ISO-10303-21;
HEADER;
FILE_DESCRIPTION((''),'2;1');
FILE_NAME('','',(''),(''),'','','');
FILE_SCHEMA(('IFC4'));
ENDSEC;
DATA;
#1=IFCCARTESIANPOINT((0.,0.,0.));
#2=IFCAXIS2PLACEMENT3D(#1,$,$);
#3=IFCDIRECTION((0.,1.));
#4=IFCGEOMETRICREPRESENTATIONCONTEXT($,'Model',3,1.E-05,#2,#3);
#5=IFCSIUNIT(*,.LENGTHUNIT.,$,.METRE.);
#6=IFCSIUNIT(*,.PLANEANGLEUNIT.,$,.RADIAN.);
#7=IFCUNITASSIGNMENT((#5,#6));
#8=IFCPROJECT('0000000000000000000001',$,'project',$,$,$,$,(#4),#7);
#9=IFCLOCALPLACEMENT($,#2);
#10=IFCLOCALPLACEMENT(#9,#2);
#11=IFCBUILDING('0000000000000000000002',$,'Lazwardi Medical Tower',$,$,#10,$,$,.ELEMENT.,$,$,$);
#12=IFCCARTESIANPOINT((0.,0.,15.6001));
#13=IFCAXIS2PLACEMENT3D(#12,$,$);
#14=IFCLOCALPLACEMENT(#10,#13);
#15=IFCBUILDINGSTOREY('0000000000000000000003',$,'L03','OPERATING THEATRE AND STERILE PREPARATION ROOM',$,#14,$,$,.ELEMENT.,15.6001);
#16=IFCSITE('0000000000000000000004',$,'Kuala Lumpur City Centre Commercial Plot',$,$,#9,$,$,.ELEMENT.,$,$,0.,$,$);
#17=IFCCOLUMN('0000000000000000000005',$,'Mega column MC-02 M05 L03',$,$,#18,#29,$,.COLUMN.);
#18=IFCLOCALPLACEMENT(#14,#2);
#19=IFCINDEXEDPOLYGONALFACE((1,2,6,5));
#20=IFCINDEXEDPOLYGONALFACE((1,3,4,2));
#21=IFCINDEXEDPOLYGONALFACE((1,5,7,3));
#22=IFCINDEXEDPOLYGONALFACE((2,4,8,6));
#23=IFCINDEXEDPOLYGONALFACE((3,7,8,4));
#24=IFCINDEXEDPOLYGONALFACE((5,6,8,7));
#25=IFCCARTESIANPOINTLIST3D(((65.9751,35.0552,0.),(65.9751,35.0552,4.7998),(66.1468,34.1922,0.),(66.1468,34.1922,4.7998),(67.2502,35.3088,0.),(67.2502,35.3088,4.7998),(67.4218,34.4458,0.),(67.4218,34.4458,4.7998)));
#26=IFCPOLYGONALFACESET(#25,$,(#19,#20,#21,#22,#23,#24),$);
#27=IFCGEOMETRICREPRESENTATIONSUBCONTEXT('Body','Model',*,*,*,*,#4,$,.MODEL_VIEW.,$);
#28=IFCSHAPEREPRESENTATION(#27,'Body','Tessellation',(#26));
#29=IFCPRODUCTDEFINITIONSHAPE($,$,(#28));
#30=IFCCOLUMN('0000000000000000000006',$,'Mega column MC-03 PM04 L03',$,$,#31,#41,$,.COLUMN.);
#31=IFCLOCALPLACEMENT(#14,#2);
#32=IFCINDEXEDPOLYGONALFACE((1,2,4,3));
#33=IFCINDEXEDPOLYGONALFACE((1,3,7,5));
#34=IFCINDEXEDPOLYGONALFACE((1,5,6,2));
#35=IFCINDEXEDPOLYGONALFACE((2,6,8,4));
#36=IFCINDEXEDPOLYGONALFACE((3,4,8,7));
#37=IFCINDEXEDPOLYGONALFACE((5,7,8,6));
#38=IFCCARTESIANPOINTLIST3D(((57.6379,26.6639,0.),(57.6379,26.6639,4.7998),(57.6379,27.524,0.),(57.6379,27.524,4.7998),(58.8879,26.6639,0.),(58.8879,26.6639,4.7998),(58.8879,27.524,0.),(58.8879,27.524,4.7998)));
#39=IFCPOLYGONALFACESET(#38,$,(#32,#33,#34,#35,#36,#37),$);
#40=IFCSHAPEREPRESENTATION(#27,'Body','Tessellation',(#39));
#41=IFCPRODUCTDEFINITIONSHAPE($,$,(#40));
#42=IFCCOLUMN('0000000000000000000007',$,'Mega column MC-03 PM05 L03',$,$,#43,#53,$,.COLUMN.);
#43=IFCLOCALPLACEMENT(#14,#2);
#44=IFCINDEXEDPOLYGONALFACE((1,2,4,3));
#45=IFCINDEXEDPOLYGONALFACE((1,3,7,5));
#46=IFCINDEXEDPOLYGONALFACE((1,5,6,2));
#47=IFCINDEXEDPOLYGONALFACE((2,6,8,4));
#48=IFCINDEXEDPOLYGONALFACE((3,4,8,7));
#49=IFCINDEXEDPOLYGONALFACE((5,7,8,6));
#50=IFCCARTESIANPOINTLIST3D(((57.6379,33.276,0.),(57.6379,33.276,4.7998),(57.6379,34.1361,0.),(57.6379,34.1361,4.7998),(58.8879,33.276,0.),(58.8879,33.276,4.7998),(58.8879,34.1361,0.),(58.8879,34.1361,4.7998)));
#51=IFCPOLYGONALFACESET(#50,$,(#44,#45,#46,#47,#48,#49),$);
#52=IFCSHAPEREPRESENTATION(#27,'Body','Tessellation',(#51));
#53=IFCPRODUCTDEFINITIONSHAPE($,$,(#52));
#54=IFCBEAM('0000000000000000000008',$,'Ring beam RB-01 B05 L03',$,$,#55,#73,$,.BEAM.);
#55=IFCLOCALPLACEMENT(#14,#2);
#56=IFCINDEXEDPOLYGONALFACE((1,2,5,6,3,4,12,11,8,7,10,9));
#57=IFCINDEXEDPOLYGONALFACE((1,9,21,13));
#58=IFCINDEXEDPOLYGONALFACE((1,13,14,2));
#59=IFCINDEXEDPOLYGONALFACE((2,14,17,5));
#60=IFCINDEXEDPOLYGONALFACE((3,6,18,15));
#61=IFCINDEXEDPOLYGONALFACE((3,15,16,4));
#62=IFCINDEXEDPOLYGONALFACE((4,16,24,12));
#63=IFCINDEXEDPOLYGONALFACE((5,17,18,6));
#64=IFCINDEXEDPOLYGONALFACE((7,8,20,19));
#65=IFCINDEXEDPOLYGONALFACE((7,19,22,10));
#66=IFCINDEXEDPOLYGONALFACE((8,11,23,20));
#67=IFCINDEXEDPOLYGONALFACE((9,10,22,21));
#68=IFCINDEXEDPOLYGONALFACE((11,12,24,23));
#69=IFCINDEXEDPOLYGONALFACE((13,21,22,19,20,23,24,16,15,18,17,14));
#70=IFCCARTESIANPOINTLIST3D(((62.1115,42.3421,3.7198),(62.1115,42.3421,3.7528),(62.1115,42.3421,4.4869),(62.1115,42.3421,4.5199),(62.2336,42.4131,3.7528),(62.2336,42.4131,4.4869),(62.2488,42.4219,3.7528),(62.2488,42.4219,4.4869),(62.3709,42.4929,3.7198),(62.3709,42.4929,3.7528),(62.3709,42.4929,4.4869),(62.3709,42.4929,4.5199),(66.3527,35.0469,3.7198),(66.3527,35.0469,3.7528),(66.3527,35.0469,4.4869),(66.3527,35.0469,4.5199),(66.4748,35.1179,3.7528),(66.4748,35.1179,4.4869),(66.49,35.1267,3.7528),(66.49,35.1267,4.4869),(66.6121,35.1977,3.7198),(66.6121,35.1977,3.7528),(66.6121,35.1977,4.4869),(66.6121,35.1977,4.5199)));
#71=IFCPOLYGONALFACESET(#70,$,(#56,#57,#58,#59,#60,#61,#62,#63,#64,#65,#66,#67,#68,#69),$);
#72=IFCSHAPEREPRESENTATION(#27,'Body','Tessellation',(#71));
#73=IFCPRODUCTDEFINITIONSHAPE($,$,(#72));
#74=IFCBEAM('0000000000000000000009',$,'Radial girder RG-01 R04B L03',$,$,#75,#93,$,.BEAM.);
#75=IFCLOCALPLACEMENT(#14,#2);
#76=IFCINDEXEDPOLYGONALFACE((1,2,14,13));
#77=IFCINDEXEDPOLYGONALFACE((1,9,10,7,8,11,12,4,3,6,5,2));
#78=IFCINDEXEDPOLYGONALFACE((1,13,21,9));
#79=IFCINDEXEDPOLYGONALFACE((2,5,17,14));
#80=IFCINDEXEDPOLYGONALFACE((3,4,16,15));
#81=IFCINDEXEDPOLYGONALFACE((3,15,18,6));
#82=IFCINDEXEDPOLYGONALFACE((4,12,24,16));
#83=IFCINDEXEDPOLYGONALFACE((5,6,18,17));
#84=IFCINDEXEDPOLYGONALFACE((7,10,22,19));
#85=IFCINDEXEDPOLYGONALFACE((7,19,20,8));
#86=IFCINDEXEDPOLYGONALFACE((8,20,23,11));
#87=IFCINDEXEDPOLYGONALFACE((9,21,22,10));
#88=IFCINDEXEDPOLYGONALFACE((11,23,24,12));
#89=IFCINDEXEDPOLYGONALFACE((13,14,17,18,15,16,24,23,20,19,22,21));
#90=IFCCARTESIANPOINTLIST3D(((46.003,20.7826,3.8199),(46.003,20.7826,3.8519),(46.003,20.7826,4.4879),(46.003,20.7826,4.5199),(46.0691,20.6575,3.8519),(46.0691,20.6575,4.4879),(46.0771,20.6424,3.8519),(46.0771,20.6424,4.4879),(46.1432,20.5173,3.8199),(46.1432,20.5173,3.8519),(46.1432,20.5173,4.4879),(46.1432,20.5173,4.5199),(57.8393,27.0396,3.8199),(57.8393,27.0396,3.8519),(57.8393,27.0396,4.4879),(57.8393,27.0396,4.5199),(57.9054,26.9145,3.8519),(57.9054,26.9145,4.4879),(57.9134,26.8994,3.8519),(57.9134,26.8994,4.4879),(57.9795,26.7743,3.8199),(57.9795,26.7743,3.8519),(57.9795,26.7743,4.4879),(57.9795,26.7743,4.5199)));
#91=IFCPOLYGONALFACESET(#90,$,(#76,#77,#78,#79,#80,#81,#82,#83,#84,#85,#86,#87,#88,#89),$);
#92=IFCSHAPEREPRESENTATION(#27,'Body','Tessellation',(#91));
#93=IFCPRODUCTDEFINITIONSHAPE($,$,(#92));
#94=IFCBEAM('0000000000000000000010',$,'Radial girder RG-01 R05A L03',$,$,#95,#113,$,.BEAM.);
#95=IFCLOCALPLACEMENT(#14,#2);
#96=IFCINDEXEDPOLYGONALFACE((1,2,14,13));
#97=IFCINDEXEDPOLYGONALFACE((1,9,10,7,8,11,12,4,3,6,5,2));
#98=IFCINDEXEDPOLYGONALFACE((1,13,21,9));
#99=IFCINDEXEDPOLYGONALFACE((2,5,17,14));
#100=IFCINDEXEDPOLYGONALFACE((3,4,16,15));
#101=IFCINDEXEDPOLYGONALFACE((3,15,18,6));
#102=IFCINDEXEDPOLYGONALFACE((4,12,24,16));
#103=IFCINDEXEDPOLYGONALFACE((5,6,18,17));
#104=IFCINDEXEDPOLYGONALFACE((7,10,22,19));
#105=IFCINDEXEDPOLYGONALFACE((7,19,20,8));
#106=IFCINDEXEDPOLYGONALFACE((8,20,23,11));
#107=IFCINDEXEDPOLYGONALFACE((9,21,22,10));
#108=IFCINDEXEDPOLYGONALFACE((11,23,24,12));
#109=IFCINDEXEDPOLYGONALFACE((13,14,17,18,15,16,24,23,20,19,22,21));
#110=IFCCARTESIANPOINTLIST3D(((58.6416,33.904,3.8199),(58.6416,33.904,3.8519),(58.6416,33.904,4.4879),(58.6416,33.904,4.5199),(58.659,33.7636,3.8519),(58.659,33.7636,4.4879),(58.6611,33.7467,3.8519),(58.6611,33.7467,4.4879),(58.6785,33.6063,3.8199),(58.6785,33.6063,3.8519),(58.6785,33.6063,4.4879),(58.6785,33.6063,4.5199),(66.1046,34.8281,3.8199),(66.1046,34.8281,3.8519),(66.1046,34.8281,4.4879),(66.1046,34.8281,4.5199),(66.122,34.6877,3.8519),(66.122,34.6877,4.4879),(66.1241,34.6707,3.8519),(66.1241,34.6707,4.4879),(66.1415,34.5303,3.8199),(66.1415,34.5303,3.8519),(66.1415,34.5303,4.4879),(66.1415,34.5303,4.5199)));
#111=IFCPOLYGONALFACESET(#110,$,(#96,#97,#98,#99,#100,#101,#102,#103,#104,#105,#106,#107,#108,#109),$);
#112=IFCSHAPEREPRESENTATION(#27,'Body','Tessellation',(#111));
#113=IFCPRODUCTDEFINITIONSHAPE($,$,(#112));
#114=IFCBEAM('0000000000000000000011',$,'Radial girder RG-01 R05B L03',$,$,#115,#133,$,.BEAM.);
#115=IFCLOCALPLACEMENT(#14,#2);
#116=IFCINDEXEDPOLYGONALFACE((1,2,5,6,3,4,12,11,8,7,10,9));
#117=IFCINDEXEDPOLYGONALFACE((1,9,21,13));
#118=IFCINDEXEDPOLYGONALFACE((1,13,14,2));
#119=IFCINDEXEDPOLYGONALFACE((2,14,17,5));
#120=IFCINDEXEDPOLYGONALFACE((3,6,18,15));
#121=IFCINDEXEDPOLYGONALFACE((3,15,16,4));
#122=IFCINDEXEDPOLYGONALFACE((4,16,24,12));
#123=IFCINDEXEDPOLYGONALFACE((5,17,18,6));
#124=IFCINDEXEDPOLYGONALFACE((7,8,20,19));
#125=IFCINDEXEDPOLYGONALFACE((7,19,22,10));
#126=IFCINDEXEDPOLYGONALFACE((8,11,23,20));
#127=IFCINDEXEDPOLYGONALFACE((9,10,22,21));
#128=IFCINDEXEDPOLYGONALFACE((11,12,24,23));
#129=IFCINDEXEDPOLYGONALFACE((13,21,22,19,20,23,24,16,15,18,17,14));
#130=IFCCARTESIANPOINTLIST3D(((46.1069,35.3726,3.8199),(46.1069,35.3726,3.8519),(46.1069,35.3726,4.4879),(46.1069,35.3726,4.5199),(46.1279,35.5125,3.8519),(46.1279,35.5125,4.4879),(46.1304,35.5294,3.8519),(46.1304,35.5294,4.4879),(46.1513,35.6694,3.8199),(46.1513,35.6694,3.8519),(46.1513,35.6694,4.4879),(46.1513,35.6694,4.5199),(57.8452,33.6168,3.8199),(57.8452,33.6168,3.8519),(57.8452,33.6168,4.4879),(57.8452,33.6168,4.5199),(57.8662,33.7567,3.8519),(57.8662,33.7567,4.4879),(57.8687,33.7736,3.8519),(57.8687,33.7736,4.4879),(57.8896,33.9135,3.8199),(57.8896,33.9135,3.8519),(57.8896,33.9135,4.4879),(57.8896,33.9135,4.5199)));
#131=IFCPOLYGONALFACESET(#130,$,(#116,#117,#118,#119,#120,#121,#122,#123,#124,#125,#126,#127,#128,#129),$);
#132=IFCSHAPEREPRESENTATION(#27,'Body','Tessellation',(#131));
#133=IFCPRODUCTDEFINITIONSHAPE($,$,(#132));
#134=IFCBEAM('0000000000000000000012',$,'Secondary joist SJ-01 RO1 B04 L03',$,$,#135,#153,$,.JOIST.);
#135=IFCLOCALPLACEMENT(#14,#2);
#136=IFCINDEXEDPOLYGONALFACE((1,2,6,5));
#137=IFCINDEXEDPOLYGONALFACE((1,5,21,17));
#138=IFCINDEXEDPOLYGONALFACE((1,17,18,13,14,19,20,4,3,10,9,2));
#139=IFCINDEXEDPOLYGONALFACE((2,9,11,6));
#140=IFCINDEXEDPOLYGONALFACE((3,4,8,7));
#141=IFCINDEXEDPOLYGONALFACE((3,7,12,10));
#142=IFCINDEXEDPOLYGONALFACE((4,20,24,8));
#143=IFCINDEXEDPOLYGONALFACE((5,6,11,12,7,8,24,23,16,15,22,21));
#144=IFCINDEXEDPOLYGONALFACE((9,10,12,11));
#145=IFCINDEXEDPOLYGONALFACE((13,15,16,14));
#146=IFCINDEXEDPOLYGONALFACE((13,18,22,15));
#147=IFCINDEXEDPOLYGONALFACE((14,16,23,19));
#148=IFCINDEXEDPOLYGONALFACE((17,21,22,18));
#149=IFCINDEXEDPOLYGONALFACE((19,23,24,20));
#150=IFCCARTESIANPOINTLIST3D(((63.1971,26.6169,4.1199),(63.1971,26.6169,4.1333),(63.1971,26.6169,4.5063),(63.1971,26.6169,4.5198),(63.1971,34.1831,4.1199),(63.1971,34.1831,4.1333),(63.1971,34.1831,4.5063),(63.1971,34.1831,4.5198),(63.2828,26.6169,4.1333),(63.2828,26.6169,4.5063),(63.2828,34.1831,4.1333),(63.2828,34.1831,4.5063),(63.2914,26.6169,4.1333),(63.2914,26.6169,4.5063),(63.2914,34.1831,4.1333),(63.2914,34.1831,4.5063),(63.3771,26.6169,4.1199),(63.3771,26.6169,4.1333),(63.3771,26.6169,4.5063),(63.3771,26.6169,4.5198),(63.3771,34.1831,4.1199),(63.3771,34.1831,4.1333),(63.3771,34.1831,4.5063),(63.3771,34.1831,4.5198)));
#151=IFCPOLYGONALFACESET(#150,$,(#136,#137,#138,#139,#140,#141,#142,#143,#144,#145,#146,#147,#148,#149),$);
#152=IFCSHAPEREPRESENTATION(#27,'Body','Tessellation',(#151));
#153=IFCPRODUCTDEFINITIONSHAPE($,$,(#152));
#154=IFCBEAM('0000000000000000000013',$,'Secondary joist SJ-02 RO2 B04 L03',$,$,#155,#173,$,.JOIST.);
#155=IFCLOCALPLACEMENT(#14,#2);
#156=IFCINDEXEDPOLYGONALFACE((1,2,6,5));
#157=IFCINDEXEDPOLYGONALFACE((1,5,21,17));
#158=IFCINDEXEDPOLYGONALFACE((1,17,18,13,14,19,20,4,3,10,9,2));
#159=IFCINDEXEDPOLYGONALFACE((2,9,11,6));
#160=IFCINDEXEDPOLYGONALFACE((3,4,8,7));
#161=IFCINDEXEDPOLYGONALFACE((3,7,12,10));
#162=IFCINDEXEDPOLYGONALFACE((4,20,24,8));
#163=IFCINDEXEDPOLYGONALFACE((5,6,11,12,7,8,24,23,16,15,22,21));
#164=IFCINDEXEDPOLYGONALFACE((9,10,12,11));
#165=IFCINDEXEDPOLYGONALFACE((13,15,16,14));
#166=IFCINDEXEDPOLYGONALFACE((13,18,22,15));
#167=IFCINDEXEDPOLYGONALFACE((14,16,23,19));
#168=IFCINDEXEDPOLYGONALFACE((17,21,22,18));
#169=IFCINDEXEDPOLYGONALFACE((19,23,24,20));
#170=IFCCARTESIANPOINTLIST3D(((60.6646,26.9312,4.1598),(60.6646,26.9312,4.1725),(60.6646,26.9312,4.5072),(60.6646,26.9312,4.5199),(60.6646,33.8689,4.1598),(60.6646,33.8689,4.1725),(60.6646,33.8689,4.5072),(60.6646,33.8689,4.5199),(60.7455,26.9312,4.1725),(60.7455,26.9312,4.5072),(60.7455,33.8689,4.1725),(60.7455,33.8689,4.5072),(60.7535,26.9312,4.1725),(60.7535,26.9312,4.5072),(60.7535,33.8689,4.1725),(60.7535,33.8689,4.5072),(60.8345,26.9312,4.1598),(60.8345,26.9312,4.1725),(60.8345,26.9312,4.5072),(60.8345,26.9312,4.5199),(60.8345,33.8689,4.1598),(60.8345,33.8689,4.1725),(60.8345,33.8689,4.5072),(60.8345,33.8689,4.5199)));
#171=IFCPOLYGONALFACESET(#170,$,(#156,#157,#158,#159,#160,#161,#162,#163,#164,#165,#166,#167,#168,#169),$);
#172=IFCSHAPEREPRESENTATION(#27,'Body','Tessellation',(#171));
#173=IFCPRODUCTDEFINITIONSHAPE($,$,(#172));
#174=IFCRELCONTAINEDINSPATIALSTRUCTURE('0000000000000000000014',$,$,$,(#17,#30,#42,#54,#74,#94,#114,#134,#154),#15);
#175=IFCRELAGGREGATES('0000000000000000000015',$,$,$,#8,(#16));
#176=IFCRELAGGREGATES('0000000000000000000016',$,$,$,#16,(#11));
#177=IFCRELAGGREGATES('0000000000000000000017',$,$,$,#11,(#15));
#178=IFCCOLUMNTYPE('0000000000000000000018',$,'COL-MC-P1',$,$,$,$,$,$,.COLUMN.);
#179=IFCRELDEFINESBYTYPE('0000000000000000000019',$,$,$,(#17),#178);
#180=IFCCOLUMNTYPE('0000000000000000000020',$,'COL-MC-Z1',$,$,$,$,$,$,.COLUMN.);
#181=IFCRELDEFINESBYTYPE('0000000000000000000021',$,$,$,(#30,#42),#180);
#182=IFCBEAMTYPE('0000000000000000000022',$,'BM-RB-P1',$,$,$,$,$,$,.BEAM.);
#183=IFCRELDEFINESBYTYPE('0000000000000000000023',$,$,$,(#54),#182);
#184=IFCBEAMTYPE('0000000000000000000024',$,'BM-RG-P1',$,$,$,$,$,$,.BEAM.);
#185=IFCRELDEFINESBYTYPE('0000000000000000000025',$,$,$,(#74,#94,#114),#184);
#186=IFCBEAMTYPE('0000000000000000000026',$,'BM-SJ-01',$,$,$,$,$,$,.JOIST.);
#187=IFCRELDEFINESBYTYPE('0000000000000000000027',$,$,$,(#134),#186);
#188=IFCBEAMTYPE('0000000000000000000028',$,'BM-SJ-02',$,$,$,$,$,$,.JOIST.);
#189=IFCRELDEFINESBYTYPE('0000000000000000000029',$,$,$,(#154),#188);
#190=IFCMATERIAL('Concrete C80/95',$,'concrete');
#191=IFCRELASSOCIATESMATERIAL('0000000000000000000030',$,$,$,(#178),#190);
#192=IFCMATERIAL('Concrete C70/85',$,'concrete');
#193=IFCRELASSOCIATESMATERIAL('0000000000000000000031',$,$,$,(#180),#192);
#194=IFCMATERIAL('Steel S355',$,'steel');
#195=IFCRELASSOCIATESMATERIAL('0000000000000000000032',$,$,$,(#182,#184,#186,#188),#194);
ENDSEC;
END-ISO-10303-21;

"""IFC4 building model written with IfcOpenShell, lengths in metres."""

from ifc_helpers import new_model, si_unit, direction, frame, origin, origin_2d, place, context, subcontext, project, spatial, rectangle, i_section, extrude, material, material_profile, profile_set, type_object, element, save


model = new_model("IFC4")

# Units and contexts
model_context = context("Model", 3, precision=1e-05, world=origin(), true_north=direction((0.0, 1.0)))
body_context = subcontext(model_context, "Body", "Model", "MODEL_VIEW")
ifc_project = project(units=[si_unit("LENGTHUNIT", "METRE"), si_unit("PLANEANGLEUNIT", "RADIAN")], contexts=[model_context])

# Site, building, storey
site_placement = place(None, origin())
site = spatial("IfcSite", under=ifc_project, at=site_placement, Name="Kuala Lumpur City Centre Commercial Plot", CompositionType="ELEMENT", RefElevation=0.0)
building_placement = place(site_placement, origin())
building = spatial("IfcBuilding", under=site, at=building_placement, Name="Lazwardi Medical Tower", CompositionType="ELEMENT")
storey_placement = place(building_placement, frame((0.0, 0.0, 15.6001)))
storey = spatial("IfcBuildingStorey", under=building, at=storey_placement, Name="L03", Description="OPERATING THEATRE AND STERILE PREPARATION ROOM", CompositionType="ELEMENT", Elevation=15.6001)

# Columns
ifc_material_1 = material(Name="Concrete C80/95", Category="concrete")
ifc_material_profile_1 = material_profile(ifc_material_1, rectangle(XDim=1.3, YDim=0.8799, at=origin_2d()), Name="CFT-RECT 1300x880")
ifc_profile_set_1 = profile_set([ifc_material_profile_1], Name="Concrete C80/95")
column_type_1 = type_object("IfcColumnType", Name="COL-MC-P1", PredefinedType="COLUMN", material=ifc_profile_set_1)
column_placement = place(storey_placement, frame((66.6985, 34.7505, 0.0), z_axis=(0.0, 0.0, 1.0), x_axis=(0.980785, 0.19509, 0.0)))
element("IfcColumn", 1, at=column_placement, inside=storey, type_object=column_type_1, Name="Mega column MC-02 M05 L03", PredefinedType="COLUMN", context=body_context, shape_type="SweptSolid", body=[
    extrude(rectangle(XDim=1.3, YDim=0.8799, at=origin_2d()), origin(), (0.0, 0.0, 1.0), 4.7998),
])
ifc_material_2 = material(Name="Concrete C70/85", Category="concrete")
ifc_material_profile_2 = material_profile(ifc_material_2, rectangle(XDim=1.25, YDim=0.8601, at=origin_2d()), Name="CFT-RECT 1250x860")
ifc_profile_set_2 = profile_set([ifc_material_profile_2], Name="Concrete C70/85")
column_type_2 = type_object("IfcColumnType", Name="COL-MC-Z1", PredefinedType="COLUMN", material=ifc_profile_set_2)
for number, where, z_axis, x_axis, name in (
    (2, (58.2629, 27.094, 0.0), (0.0, 0.0, 1.0), (1.0, 0.0, 0.0), "Mega column MC-03 PM04 L03"),
    (3, (58.2629, 33.7061, 0.0), (0.0, 0.0, 1.0), (1.0, 0.0, 0.0), "Mega column MC-03 PM05 L03"),
):
    element("IfcColumn", number, at=place(storey_placement, frame(where, z_axis=z_axis, x_axis=x_axis)), inside=storey, type_object=column_type_2, Name=name, PredefinedType="COLUMN", context=body_context, shape_type="SweptSolid", body=[
        extrude(rectangle(XDim=1.25, YDim=0.8601, at=origin_2d()), origin(), (0.0, 0.0, 1.0), 4.7998),
    ])

# Beams
ifc_material_3 = material(Name="Steel S355", Category="steel")
ifc_material_profile_3 = material_profile(ifc_material_3, i_section(OverallWidth=0.3, OverallDepth=0.8, WebThickness=0.0176, FlangeThickness=0.033, at=origin_2d()), Name="HEB 800")
ifc_profile_set_3 = profile_set([ifc_material_profile_3], Name="Steel S355")
beam_type_1 = type_object("IfcBeamType", Name="BM-RB-P1", PredefinedType="BEAM", material=ifc_profile_set_3)
beam_1_placement = place(storey_placement, frame((66.4824, 35.1223, 4.1199), z_axis=(-0.502606, 0.864516, 0.0), x_axis=(-0.864516, -0.502606, 0.0)))
element("IfcBeam", 4, at=beam_1_placement, inside=storey, type_object=beam_type_1, Name="Ring beam RB-01 B05 L03", PredefinedType="BEAM", context=body_context, shape_type="SweptSolid", body=[
    extrude(i_section(OverallWidth=0.3, OverallDepth=0.8, WebThickness=0.0176, FlangeThickness=0.033, at=origin_2d()), origin(), (0.0, 0.0, 1.0), 8.4385),
])
ifc_material_profile_4 = material_profile(ifc_material_3, i_section(OverallWidth=0.3, OverallDepth=0.7, WebThickness=0.0171, FlangeThickness=0.032, at=origin_2d()), Name="HEB 700")
ifc_profile_set_4 = profile_set([ifc_material_profile_4], Name="Steel S355")
beam_type_2 = type_object("IfcBeamType", Name="BM-RG-P1", PredefinedType="BEAM", material=ifc_profile_set_4)
beam_2_placement = place(storey_placement, frame((57.9094, 26.907, 4.1699), z_axis=(-0.884074, -0.467347, 0.0), x_axis=(0.467347, -0.884074, 0.0)))
element("IfcBeam", 5, at=beam_2_placement, inside=storey, type_object=beam_type_2, Name="Radial girder RG-01 R04B L03", PredefinedType="BEAM", context=body_context, shape_type="SweptSolid", body=[
    extrude(i_section(OverallWidth=0.3, OverallDepth=0.7, WebThickness=0.0171, FlangeThickness=0.032, at=origin_2d()), origin(), (0.0, 0.0, 1.0), 13.3884),
])
beam_3_placement = place(storey_placement, frame((66.123, 34.6792, 4.1699), z_axis=(-0.992422, -0.12288, 0.0), x_axis=(0.12288, -0.992422, 0.0)))
element("IfcBeam", 6, at=beam_3_placement, inside=storey, type_object=beam_type_2, Name="Radial girder RG-01 R05A L03", PredefinedType="BEAM", context=body_context, shape_type="SweptSolid", body=[
    extrude(i_section(OverallWidth=0.3, OverallDepth=0.7, WebThickness=0.0171, FlangeThickness=0.032, at=origin_2d()), origin(), (0.0, 0.0, 1.0), 7.52),
])
beam_4_placement = place(storey_placement, frame((57.8674, 33.7651, 4.1699), z_axis=(-0.988997, 0.147938, 0.0), x_axis=(-0.147938, -0.988997, 0.0)))
element("IfcBeam", 7, at=beam_4_placement, inside=storey, type_object=beam_type_2, Name="Radial girder RG-01 R05B L03", PredefinedType="BEAM", context=body_context, shape_type="SweptSolid", body=[
    extrude(i_section(OverallWidth=0.3, OverallDepth=0.7, WebThickness=0.0171, FlangeThickness=0.032, at=origin_2d()), origin(), (0.0, 0.0, 1.0), 11.8689),
])
ifc_material_profile_5 = material_profile(ifc_material_3, i_section(OverallWidth=0.1799, OverallDepth=0.3999, WebThickness=0.0085, FlangeThickness=0.0134, at=origin_2d()), Name="IPE 400")
ifc_profile_set_5 = profile_set([ifc_material_profile_5], Name="Steel S355")
beam_type_3 = type_object("IfcBeamType", Name="BM-SJ-01", PredefinedType="JOIST", material=ifc_profile_set_5)
beam_5_placement = place(storey_placement, frame((63.2871, 26.6169, 4.3198), z_axis=(0.0, 1.0, 0.0), x_axis=(-1.0, 0.0, 0.0)))
element("IfcBeam", 8, at=beam_5_placement, inside=storey, type_object=beam_type_3, Name="Secondary joist SJ-01 RO1 B04 L03", PredefinedType="JOIST", context=body_context, shape_type="SweptSolid", body=[
    extrude(i_section(OverallWidth=0.1799, OverallDepth=0.3999, WebThickness=0.0085, FlangeThickness=0.0134, at=origin_2d()), origin(), (0.0, 0.0, 1.0), 7.5662),
])
ifc_material_profile_6 = material_profile(ifc_material_3, i_section(OverallWidth=0.1699, OverallDepth=0.3601, WebThickness=0.0081, FlangeThickness=0.0127, at=origin_2d()), Name="IPE 360")
ifc_profile_set_6 = profile_set([ifc_material_profile_6], Name="Steel S355")
beam_type_4 = type_object("IfcBeamType", Name="BM-SJ-02", PredefinedType="JOIST", material=ifc_profile_set_6)
beam_6_placement = place(storey_placement, frame((60.7495, 26.9312, 4.3398), z_axis=(0.0, 1.0, 0.0), x_axis=(-1.0, 0.0, 0.0)))
element("IfcBeam", 9, at=beam_6_placement, inside=storey, type_object=beam_type_4, Name="Secondary joist SJ-02 RO2 B04 L03", PredefinedType="JOIST", context=body_context, shape_type="SweptSolid", body=[
    extrude(i_section(OverallWidth=0.1699, OverallDepth=0.3601, WebThickness=0.0081, FlangeThickness=0.0127, at=origin_2d()), origin(), (0.0, 0.0, 1.0), 6.9377),
])

save(model, "model.ifc")
